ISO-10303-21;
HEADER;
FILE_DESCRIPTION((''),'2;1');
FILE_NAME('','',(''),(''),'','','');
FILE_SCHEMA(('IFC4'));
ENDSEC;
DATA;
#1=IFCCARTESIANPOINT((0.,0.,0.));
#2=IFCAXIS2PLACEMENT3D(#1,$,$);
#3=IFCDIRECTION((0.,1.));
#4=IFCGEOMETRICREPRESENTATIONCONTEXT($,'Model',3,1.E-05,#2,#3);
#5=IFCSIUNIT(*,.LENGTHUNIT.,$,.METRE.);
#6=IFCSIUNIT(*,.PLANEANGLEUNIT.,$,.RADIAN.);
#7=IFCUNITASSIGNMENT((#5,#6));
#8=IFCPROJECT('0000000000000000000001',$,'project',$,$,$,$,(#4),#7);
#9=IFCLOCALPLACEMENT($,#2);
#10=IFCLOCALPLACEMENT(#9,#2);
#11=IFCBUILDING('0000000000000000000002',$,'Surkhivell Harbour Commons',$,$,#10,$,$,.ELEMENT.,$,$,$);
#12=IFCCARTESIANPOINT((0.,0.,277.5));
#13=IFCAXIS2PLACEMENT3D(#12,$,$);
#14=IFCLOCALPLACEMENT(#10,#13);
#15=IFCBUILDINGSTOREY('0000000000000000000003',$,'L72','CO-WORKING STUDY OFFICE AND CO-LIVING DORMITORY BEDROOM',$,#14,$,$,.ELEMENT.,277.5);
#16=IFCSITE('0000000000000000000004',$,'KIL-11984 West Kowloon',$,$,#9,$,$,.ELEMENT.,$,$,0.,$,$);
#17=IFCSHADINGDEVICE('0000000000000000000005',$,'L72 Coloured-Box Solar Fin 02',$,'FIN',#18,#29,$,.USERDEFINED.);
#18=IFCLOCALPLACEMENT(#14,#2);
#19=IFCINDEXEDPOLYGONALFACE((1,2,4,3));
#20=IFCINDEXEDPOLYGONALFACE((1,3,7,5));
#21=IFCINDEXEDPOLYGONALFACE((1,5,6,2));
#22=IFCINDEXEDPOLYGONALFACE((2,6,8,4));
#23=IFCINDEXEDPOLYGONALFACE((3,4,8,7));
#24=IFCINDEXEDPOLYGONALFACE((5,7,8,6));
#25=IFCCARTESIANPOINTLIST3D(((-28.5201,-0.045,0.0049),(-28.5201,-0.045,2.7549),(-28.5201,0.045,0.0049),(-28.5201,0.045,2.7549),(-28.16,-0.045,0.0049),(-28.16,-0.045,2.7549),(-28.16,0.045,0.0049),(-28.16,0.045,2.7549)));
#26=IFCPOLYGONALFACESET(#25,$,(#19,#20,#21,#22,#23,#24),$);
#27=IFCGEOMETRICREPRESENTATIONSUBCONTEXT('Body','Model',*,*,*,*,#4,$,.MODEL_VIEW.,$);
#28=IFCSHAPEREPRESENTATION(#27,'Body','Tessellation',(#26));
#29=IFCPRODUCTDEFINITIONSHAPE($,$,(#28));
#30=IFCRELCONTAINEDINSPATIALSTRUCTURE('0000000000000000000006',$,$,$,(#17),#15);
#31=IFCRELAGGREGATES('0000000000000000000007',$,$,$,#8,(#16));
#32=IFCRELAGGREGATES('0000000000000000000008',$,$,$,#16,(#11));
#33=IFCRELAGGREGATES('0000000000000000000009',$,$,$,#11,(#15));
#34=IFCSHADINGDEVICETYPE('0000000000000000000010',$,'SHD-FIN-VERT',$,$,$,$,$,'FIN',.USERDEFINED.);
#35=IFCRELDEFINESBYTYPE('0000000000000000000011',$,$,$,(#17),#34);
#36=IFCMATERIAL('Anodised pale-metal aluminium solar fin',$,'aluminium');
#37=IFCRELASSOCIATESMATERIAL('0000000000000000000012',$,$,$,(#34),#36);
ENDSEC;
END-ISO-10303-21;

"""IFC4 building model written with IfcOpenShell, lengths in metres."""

from ifc_helpers import new_model, si_unit, direction, frame, origin, origin_2d, place, context, subcontext, project, spatial, rectangle, extrude, material, type_object, element, save


model = new_model("IFC4")

# Units and contexts
model_context = context("Model", 3, precision=1e-05, world=origin(), true_north=direction((0.0, 1.0)))
body_context = subcontext(model_context, "Body", "Model", "MODEL_VIEW")
ifc_project = project(units=[si_unit("LENGTHUNIT", "METRE"), si_unit("PLANEANGLEUNIT", "RADIAN")], contexts=[model_context])

# Site, building, storey
site_placement = place(None, origin())
site = spatial("IfcSite", under=ifc_project, at=site_placement, Name="KIL-11984 West Kowloon", CompositionType="ELEMENT", RefElevation=0.0)
building_placement = place(site_placement, origin())
building = spatial("IfcBuilding", under=site, at=building_placement, Name="Surkhivell Harbour Commons", CompositionType="ELEMENT")
storey_placement = place(building_placement, frame((0.0, 0.0, 277.5)))
storey = spatial("IfcBuildingStorey", under=building, at=storey_placement, Name="L72", Description="CO-WORKING STUDY OFFICE AND CO-LIVING DORMITORY BEDROOM", CompositionType="ELEMENT", Elevation=277.5)

# Shading device
ifc_material_1 = material(Name="Anodised pale-metal aluminium solar fin", Category="aluminium")
shading_device_type = type_object("IfcShadingDeviceType", Name="SHD-FIN-VERT", ElementType="FIN", PredefinedType="USERDEFINED", material=ifc_material_1)
shading_device_placement = place(storey_placement, frame((-28.3401, 0.0, 0.0049), z_axis=(0.0, 0.0, 1.0), x_axis=(1.0, 0.0, 0.0)))
element("IfcShadingDevice", 1, at=shading_device_placement, inside=storey, type_object=shading_device_type, Name="L72 Coloured-Box Solar Fin 02", ObjectType="FIN", PredefinedType="USERDEFINED", context=body_context, shape_type="SweptSolid", body=[
    extrude(rectangle(XDim=0.3601, YDim=0.0901, at=origin_2d()), origin(), (0.0, 0.0, 1.0), 2.75),
])

save(model, "model.ifc")
